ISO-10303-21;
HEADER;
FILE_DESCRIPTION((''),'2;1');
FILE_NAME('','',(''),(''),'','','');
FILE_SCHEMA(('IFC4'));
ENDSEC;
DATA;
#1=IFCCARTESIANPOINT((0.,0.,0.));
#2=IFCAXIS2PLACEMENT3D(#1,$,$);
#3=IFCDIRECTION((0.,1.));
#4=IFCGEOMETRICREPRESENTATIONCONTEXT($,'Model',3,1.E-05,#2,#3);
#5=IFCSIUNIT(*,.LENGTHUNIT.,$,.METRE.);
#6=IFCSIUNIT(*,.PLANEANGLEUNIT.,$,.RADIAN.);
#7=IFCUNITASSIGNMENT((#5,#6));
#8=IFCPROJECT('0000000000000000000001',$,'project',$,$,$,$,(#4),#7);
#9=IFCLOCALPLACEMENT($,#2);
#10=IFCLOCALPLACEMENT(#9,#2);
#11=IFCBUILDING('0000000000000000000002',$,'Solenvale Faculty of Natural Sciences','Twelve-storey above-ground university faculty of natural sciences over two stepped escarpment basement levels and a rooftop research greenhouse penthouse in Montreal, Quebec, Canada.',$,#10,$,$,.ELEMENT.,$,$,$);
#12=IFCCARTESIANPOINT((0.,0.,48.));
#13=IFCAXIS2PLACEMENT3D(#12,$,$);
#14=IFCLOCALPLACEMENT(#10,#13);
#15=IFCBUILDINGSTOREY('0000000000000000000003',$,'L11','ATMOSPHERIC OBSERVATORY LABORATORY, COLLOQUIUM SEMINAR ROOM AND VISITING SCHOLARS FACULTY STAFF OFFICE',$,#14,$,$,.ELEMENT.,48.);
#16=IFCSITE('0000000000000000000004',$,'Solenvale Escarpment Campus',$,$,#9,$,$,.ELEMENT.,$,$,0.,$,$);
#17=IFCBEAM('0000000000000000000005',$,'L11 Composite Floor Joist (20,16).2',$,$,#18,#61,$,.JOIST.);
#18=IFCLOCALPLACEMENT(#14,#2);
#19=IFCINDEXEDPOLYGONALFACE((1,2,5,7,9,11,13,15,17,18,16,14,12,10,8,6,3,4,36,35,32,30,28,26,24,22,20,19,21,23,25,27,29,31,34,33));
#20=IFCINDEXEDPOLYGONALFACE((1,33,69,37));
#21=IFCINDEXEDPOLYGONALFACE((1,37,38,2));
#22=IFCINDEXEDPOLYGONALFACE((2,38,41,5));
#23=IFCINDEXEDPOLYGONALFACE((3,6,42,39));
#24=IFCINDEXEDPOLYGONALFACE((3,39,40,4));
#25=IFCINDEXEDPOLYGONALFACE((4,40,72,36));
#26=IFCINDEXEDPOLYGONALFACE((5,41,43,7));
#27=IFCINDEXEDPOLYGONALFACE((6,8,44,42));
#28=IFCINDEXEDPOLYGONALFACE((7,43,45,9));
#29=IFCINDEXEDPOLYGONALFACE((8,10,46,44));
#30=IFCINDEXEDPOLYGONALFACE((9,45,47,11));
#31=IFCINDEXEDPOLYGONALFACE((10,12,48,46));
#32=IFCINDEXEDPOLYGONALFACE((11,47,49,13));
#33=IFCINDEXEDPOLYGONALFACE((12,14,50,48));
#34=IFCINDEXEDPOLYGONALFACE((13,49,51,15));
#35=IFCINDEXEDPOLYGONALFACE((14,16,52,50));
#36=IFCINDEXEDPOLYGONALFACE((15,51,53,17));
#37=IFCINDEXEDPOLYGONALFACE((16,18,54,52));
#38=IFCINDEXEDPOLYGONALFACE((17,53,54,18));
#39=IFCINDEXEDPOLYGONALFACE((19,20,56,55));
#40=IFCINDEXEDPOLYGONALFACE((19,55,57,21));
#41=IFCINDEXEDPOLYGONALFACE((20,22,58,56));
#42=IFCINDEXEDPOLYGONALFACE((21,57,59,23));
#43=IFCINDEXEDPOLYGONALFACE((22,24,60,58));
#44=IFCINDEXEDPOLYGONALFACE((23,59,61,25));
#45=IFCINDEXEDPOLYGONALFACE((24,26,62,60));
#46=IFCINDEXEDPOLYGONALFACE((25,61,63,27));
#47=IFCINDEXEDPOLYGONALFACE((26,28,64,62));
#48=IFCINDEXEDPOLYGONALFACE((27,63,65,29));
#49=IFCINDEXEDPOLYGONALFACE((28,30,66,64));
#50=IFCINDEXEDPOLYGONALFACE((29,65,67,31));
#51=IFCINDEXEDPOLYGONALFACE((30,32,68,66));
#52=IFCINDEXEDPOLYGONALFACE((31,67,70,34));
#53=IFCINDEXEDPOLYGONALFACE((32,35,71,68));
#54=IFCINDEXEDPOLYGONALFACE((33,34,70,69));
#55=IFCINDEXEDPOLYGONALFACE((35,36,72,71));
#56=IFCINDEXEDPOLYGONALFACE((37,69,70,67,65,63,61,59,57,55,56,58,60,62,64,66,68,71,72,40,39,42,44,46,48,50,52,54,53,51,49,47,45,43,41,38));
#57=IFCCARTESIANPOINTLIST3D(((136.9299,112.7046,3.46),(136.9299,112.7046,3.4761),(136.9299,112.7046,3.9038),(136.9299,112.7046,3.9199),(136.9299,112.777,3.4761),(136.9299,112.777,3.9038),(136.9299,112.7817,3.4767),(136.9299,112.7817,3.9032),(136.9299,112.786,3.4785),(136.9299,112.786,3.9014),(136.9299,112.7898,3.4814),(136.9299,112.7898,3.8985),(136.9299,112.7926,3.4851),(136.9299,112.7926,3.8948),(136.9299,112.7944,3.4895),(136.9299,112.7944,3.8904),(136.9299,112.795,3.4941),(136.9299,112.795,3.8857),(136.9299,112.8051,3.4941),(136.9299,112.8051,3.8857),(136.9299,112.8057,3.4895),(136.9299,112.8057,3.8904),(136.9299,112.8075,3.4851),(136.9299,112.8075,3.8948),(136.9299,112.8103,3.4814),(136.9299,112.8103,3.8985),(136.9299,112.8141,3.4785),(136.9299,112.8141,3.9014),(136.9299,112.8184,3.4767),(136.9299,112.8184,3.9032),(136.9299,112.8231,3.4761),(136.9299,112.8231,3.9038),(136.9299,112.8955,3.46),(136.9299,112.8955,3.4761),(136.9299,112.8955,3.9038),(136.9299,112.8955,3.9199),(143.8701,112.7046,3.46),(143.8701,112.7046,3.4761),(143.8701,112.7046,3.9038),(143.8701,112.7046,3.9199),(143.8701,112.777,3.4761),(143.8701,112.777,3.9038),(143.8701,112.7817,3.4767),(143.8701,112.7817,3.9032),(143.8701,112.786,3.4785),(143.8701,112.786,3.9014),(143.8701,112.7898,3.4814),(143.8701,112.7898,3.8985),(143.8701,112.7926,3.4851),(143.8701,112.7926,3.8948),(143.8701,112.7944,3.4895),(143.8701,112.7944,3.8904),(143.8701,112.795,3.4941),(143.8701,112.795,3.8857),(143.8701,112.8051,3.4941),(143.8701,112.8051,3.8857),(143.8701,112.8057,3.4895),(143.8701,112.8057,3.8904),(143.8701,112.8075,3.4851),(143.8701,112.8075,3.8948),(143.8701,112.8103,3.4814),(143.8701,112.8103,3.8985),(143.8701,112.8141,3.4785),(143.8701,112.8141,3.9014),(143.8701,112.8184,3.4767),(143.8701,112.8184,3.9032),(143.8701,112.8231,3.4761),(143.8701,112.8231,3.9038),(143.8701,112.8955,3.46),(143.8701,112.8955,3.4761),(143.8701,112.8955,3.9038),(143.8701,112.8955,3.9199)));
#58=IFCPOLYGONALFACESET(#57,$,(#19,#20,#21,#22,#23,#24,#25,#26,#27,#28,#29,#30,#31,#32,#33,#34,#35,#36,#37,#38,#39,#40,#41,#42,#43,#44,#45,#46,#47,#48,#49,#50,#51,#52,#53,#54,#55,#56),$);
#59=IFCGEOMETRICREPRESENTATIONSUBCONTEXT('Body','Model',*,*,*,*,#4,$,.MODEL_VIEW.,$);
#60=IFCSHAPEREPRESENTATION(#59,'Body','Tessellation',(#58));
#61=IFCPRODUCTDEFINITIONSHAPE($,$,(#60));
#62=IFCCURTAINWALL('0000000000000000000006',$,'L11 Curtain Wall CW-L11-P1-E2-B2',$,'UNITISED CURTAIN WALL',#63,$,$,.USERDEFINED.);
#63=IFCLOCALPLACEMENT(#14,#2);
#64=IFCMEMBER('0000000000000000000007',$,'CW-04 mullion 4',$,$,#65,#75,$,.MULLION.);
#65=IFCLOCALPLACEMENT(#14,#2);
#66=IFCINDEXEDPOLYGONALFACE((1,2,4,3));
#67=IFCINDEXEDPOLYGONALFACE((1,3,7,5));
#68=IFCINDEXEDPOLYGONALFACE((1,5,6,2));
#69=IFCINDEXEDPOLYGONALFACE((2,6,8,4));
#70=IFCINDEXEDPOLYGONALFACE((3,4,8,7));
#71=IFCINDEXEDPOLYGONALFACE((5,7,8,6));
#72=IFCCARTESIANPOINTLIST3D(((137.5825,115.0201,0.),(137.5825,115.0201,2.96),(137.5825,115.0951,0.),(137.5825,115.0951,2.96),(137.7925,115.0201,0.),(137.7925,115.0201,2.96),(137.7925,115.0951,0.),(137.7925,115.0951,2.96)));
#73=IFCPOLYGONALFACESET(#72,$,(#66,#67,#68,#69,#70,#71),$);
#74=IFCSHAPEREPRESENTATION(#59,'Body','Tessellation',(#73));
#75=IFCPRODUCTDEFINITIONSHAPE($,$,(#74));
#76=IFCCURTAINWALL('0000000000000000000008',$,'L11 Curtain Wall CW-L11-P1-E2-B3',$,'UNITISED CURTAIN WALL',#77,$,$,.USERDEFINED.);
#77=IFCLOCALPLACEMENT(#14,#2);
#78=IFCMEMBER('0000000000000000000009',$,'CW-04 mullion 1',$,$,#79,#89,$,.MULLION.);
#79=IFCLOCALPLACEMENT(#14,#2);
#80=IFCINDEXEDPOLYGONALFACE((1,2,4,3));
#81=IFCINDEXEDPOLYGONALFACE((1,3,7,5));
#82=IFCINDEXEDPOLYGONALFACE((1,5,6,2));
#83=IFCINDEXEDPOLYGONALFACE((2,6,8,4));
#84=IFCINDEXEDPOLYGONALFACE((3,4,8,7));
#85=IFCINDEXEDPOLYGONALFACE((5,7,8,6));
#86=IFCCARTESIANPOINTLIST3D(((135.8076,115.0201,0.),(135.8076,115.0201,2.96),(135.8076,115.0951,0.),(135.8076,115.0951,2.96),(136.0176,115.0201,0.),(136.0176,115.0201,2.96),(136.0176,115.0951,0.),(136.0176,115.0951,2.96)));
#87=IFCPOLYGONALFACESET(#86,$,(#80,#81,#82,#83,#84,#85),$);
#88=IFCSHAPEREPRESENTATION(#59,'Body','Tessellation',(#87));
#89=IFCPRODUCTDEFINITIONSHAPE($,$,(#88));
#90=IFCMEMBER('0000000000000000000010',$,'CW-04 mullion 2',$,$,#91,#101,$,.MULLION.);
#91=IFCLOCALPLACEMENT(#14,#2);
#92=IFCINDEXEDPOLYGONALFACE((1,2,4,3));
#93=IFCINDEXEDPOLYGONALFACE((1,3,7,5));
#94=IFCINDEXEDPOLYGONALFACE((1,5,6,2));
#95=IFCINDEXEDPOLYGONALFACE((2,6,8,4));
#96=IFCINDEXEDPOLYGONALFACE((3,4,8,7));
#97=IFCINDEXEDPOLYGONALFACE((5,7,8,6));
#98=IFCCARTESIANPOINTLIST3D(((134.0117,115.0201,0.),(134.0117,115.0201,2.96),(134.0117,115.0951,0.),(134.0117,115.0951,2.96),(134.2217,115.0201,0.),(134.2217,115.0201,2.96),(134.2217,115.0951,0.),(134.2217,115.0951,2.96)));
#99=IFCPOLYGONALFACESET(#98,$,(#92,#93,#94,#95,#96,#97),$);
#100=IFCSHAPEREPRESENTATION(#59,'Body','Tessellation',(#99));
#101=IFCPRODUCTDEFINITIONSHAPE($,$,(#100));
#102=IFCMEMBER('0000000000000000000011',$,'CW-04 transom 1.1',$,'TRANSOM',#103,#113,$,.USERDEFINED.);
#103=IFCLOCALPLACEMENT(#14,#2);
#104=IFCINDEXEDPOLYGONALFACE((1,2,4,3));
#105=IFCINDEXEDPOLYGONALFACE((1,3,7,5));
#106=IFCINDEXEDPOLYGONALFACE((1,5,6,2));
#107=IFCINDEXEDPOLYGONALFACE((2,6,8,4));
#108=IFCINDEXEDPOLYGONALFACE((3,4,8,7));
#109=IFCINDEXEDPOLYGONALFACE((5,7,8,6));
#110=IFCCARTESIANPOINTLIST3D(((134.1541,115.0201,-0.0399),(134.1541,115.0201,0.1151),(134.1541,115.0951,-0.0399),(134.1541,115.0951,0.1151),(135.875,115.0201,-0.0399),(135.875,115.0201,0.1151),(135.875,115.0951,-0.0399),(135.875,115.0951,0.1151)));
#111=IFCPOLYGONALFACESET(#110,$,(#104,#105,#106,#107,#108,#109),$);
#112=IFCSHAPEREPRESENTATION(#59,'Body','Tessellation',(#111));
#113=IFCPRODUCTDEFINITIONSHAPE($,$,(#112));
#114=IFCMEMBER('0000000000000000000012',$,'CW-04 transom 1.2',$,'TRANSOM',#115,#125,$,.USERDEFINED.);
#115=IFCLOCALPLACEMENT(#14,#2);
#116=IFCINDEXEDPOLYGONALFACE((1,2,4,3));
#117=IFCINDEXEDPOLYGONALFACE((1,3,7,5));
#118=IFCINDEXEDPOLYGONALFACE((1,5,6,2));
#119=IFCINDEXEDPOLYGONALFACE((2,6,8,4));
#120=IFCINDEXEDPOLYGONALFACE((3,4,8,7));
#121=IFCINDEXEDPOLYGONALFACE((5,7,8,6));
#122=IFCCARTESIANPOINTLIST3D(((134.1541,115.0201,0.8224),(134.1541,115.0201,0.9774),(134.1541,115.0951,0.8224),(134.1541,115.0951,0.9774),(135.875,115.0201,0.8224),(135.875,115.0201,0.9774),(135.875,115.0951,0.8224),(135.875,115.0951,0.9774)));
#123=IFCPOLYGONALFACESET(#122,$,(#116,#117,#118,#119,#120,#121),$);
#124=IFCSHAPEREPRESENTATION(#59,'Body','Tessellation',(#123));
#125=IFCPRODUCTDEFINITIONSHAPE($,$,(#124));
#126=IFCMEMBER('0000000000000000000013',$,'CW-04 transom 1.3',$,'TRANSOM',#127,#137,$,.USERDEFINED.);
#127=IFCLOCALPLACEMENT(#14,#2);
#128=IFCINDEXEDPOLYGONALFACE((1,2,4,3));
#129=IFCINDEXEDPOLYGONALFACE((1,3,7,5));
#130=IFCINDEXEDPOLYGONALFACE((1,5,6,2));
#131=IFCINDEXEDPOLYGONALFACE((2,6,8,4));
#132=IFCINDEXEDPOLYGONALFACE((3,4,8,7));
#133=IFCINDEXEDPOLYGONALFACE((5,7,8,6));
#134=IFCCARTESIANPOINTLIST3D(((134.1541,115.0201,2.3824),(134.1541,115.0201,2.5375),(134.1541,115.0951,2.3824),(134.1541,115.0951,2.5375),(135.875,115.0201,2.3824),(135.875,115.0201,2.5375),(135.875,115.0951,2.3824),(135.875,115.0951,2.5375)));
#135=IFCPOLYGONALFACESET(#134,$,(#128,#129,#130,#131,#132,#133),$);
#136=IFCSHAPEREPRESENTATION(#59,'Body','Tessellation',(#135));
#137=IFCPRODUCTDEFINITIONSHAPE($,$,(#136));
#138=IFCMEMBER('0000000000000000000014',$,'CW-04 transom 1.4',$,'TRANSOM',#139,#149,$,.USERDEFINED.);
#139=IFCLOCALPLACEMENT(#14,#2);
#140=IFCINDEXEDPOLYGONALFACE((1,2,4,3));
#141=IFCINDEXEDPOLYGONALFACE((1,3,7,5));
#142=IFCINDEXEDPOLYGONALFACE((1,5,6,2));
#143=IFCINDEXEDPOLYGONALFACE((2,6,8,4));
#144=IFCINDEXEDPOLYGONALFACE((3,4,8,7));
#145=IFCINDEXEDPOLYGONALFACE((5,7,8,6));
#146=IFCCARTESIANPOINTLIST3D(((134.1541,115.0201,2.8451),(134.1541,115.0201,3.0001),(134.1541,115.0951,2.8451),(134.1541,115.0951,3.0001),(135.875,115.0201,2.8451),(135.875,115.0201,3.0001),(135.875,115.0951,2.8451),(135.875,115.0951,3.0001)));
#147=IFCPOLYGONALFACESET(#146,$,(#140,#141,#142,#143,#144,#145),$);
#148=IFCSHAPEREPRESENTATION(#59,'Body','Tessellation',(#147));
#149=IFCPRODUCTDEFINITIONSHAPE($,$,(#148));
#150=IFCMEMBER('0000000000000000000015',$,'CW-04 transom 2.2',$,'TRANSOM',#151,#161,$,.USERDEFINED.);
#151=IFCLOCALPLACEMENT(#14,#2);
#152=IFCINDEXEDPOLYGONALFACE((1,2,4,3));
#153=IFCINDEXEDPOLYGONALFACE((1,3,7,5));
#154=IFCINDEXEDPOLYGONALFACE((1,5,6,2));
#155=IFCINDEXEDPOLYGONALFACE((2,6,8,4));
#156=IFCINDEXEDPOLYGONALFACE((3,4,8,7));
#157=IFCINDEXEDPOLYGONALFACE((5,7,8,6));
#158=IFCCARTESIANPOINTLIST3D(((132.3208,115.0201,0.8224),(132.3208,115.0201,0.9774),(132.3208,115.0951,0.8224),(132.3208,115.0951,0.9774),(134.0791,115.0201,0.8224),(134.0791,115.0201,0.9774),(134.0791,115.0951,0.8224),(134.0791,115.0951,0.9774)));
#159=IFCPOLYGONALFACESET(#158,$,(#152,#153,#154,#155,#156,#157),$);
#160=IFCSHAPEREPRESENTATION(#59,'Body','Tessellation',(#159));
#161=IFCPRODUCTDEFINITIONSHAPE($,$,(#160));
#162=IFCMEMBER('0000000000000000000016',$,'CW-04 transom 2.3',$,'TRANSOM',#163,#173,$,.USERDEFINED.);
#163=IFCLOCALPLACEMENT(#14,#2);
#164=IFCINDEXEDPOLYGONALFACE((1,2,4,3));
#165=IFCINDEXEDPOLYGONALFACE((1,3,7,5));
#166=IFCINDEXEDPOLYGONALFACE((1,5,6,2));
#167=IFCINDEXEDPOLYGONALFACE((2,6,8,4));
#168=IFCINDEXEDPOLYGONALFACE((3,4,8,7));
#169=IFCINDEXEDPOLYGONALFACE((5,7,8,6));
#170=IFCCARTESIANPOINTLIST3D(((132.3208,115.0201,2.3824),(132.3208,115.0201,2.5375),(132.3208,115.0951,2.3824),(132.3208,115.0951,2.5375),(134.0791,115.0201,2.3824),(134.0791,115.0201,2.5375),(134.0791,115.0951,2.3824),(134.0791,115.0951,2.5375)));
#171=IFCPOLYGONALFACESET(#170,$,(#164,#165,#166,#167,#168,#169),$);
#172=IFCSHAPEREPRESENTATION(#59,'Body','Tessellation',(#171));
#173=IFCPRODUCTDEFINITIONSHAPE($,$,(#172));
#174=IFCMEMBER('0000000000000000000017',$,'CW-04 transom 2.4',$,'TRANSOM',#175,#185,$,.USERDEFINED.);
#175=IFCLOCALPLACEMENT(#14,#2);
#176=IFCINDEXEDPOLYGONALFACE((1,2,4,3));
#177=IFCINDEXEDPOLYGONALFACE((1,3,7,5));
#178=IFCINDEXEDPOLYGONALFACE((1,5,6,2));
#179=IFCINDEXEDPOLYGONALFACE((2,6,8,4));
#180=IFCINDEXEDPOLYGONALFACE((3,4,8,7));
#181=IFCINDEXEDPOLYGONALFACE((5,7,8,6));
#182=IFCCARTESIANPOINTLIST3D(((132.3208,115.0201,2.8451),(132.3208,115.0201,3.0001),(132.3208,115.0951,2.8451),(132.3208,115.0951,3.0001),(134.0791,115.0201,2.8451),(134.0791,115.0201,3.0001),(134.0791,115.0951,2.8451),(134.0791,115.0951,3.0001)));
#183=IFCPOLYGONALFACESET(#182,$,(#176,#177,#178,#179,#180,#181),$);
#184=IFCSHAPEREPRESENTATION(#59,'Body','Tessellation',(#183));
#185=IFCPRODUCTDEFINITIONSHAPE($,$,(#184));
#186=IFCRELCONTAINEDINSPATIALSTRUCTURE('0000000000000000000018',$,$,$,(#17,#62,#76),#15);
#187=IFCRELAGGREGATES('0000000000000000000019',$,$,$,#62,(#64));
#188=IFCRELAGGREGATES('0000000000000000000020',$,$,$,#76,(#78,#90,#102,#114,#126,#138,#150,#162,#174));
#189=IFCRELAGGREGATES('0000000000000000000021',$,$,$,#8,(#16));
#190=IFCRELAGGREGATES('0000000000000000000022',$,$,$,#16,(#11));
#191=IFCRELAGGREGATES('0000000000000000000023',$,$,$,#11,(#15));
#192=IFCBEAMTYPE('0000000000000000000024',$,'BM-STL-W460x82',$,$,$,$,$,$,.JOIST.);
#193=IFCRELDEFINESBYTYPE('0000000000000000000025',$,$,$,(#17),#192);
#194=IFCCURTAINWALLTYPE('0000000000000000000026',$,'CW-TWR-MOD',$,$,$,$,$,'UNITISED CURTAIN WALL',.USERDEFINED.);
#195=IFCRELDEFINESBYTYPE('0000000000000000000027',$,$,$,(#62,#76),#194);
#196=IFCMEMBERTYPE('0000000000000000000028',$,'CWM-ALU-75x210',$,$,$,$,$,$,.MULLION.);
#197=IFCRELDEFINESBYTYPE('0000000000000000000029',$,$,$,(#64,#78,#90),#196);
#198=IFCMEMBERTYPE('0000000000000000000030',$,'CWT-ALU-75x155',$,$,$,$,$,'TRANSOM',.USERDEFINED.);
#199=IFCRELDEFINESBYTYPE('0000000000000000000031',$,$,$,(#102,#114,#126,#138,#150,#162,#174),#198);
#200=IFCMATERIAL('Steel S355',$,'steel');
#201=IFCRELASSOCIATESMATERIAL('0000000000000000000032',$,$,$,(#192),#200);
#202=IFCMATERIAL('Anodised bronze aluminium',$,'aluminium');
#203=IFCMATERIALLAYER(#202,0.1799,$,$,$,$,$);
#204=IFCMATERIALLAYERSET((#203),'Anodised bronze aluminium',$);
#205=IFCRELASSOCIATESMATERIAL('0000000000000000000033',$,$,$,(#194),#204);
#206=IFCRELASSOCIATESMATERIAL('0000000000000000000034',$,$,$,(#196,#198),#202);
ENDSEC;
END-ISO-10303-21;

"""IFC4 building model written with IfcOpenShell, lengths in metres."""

from ifc_helpers import new_model, si_unit, direction, frame, origin, origin_2d, place, context, subcontext, project, spatial, rectangle, i_section, extrude, material, layer, layer_set, material_profile, profile_set, type_object, element, aggregate, save


model = new_model("IFC4")

# Units and contexts
model_context = context("Model", 3, precision=1e-05, world=origin(), true_north=direction((0.0, 1.0)))
body_context = subcontext(model_context, "Body", "Model", "MODEL_VIEW")
ifc_project = project(units=[si_unit("LENGTHUNIT", "METRE"), si_unit("PLANEANGLEUNIT", "RADIAN")], contexts=[model_context])

# Site, building, storey
site_placement = place(None, origin())
site = spatial("IfcSite", under=ifc_project, at=site_placement, Name="Solenvale Escarpment Campus", CompositionType="ELEMENT", RefElevation=0.0)
building_placement = place(site_placement, origin())
building = spatial("IfcBuilding", under=site, at=building_placement, Name="Solenvale Faculty of Natural Sciences", Description="Twelve-storey above-ground university faculty of natural sciences over two stepped escarpment basement levels and a rooftop research greenhouse penthouse in Montreal, Quebec, Canada.", CompositionType="ELEMENT")
storey_placement = place(building_placement, frame((0.0, 0.0, 48.0)))
storey = spatial("IfcBuildingStorey", under=building, at=storey_placement, Name="L11", Description="ATMOSPHERIC OBSERVATORY LABORATORY, COLLOQUIUM SEMINAR ROOM AND VISITING SCHOLARS FACULTY STAFF OFFICE", CompositionType="ELEMENT", Elevation=48.0)

# Beam
ifc_material_1 = material(Name="Steel S355", Category="steel")
ifc_material_profile_1 = material_profile(ifc_material_1, i_section(OverallWidth=0.1909, OverallDepth=0.46, WebThickness=0.01, FlangeThickness=0.0161, FilletRadius=0.0181, at=origin_2d()), Name="W460x82")
ifc_profile_set_1 = profile_set([ifc_material_profile_1], Name="Steel S355")
beam_type_1 = type_object("IfcBeamType", Name="BM-STL-W460x82", PredefinedType="JOIST", material=ifc_profile_set_1)
for number, where, z_axis, x_axis, name in (
    (1, (136.9299, 112.8, 3.6899), (1.0, 0.0, 0.0), (0.0, 1.0, 0.0), "L11 Composite Floor Joist (20,16).2"),
):
    element("IfcBeam", number, at=place(storey_placement, frame(where, z_axis=z_axis, x_axis=x_axis)), inside=storey, type_object=beam_type_1, Name=name, PredefinedType="JOIST", context=body_context, shape_type="SweptSolid", body=[
        extrude(i_section(OverallWidth=0.1909, OverallDepth=0.46, WebThickness=0.01, FlangeThickness=0.0161, FilletRadius=0.0181, at=origin_2d()), origin(), (0.0, 0.0, 1.0), 6.9402),
    ])

# Curtain wall, member
ifc_material_2 = material(Name="Anodised bronze aluminium", Category="aluminium")
ifc_layer_1 = layer(ifc_material_2, 0.1799)
ifc_layer_set_1 = layer_set([ifc_layer_1], Name="Anodised bronze aluminium")
curtain_wall_type = type_object("IfcCurtainWallType", Name="CW-TWR-MOD", ElementType="UNITISED CURTAIN WALL", PredefinedType="USERDEFINED", material=ifc_layer_set_1)
curtain_wall_1_placement = place(storey_placement, origin())
curtain_wall_1 = element("IfcCurtainWall", 2, at=curtain_wall_1_placement, inside=storey, type_object=curtain_wall_type, Name="L11 Curtain Wall CW-L11-P1-E2-B2", ObjectType="UNITISED CURTAIN WALL", PredefinedType="USERDEFINED")
ifc_material_profile_2 = material_profile(ifc_material_2, rectangle(XDim=0.075, YDim=0.21, at=origin_2d()), Name="ALU-MUL-75x210")
ifc_profile_set_2 = profile_set([ifc_material_profile_2], Name="Anodised bronze aluminium")
member_type_1 = type_object("IfcMemberType", Name="CWM-ALU-75x210", PredefinedType="MULLION", material=ifc_profile_set_2)
member_1_placement = place(storey_placement, frame((137.6875, 115.0576, 0.0), z_axis=(0.0, 0.0, 1.0), x_axis=(0.0, -1.0, 0.0)))
member_1 = element("IfcMember", 3, at=member_1_placement, type_object=member_type_1, Name="CW-04 mullion 4", PredefinedType="MULLION", context=body_context, shape_type="SweptSolid", body=[
    extrude(rectangle(XDim=0.075, YDim=0.21, at=origin_2d()), origin(), (0.0, 0.0, 1.0), 2.96),
])

# Curtain wall, members
curtain_wall_2_placement = place(storey_placement, origin())
curtain_wall_2 = element("IfcCurtainWall", 4, at=curtain_wall_2_placement, inside=storey, type_object=curtain_wall_type, Name="L11 Curtain Wall CW-L11-P1-E2-B3", ObjectType="UNITISED CURTAIN WALL", PredefinedType="USERDEFINED")
member_2_placement = place(storey_placement, frame((135.9126, 115.0576, 0.0), z_axis=(0.0, 0.0, 1.0), x_axis=(0.0, -1.0, 0.0)))
member_2 = element("IfcMember", 5, at=member_2_placement, type_object=member_type_1, Name="CW-04 mullion 1", PredefinedType="MULLION", context=body_context, shape_type="SweptSolid", body=[
    extrude(rectangle(XDim=0.075, YDim=0.21, at=origin_2d()), origin(), (0.0, 0.0, 1.0), 2.96),
])
member_3_placement = place(storey_placement, frame((134.1167, 115.0576, 0.0), z_axis=(0.0, 0.0, 1.0), x_axis=(0.0, -1.0, 0.0)))
member_3 = element("IfcMember", 6, at=member_3_placement, type_object=member_type_1, Name="CW-04 mullion 2", PredefinedType="MULLION", context=body_context, shape_type="SweptSolid", body=[
    extrude(rectangle(XDim=0.075, YDim=0.21, at=origin_2d()), origin(), (0.0, 0.0, 1.0), 2.96),
])
ifc_material_profile_3 = material_profile(ifc_material_2, rectangle(XDim=0.075, YDim=0.155, at=origin_2d()), Name="ALU-TRN-75x155")
ifc_profile_set_3 = profile_set([ifc_material_profile_3], Name="Anodised bronze aluminium")
member_type_2 = type_object("IfcMemberType", Name="CWT-ALU-75x155", ElementType="TRANSOM", PredefinedType="USERDEFINED", material=ifc_profile_set_3)
member_4_placement = place(storey_placement, frame((135.875, 115.0576, 0.0376), z_axis=(-1.0, 0.0, 0.0), x_axis=(0.0, -1.0, 0.0)))
member_4 = element("IfcMember", 7, at=member_4_placement, type_object=member_type_2, Name="CW-04 transom 1.1", ObjectType="TRANSOM", PredefinedType="USERDEFINED", context=body_context, shape_type="SweptSolid", body=[
    extrude(rectangle(XDim=0.075, YDim=0.155, at=origin_2d()), origin(), (0.0, 0.0, 1.0), 1.7209),
])
member_5_placement = place(storey_placement, frame((135.875, 115.0576, 0.8999), z_axis=(-1.0, 0.0, 0.0), x_axis=(0.0, -1.0, 0.0)))
member_5 = element("IfcMember", 8, at=member_5_placement, type_object=member_type_2, Name="CW-04 transom 1.2", ObjectType="TRANSOM", PredefinedType="USERDEFINED", context=body_context, shape_type="SweptSolid", body=[
    extrude(rectangle(XDim=0.075, YDim=0.155, at=origin_2d()), origin(), (0.0, 0.0, 1.0), 1.7209),
])
member_6_placement = place(storey_placement, frame((135.875, 115.0576, 2.46), z_axis=(-1.0, 0.0, 0.0), x_axis=(0.0, -1.0, 0.0)))
member_6 = element("IfcMember", 9, at=member_6_placement, type_object=member_type_2, Name="CW-04 transom 1.3", ObjectType="TRANSOM", PredefinedType="USERDEFINED", context=body_context, shape_type="SweptSolid", body=[
    extrude(rectangle(XDim=0.075, YDim=0.155, at=origin_2d()), origin(), (0.0, 0.0, 1.0), 1.7209),
])
member_7_placement = place(storey_placement, frame((135.875, 115.0576, 2.9226), z_axis=(-1.0, 0.0, 0.0), x_axis=(0.0, -1.0, 0.0)))
member_7 = element("IfcMember", 10, at=member_7_placement, type_object=member_type_2, Name="CW-04 transom 1.4", ObjectType="TRANSOM", PredefinedType="USERDEFINED", context=body_context, shape_type="SweptSolid", body=[
    extrude(rectangle(XDim=0.075, YDim=0.155, at=origin_2d()), origin(), (0.0, 0.0, 1.0), 1.7209),
])
member_8_placement = place(storey_placement, frame((134.0791, 115.0576, 0.8999), z_axis=(-1.0, 0.0, 0.0), x_axis=(0.0, -1.0, 0.0)))
member_8 = element("IfcMember", 11, at=member_8_placement, type_object=member_type_2, Name="CW-04 transom 2.2", ObjectType="TRANSOM", PredefinedType="USERDEFINED", context=body_context, shape_type="SweptSolid", body=[
    extrude(rectangle(XDim=0.075, YDim=0.155, at=origin_2d()), origin(), (0.0, 0.0, 1.0), 1.7583),
])
member_9_placement = place(storey_placement, frame((134.0791, 115.0576, 2.46), z_axis=(-1.0, 0.0, 0.0), x_axis=(0.0, -1.0, 0.0)))
member_9 = element("IfcMember", 12, at=member_9_placement, type_object=member_type_2, Name="CW-04 transom 2.3", ObjectType="TRANSOM", PredefinedType="USERDEFINED", context=body_context, shape_type="SweptSolid", body=[
    extrude(rectangle(XDim=0.075, YDim=0.155, at=origin_2d()), origin(), (0.0, 0.0, 1.0), 1.7583),
])
member_10_placement = place(storey_placement, frame((134.0791, 115.0576, 2.9226), z_axis=(-1.0, 0.0, 0.0), x_axis=(0.0, -1.0, 0.0)))
member_10 = element("IfcMember", 13, at=member_10_placement, type_object=member_type_2, Name="CW-04 transom 2.4", ObjectType="TRANSOM", PredefinedType="USERDEFINED", context=body_context, shape_type="SweptSolid", body=[
    extrude(rectangle(XDim=0.075, YDim=0.155, at=origin_2d()), origin(), (0.0, 0.0, 1.0), 1.7583),
])

aggregate(curtain_wall_1, [member_1])
aggregate(curtain_wall_2, [member_2, member_3, member_4, member_5, member_6, member_7, member_8, member_9, member_10])

save(model, "model.ifc")
